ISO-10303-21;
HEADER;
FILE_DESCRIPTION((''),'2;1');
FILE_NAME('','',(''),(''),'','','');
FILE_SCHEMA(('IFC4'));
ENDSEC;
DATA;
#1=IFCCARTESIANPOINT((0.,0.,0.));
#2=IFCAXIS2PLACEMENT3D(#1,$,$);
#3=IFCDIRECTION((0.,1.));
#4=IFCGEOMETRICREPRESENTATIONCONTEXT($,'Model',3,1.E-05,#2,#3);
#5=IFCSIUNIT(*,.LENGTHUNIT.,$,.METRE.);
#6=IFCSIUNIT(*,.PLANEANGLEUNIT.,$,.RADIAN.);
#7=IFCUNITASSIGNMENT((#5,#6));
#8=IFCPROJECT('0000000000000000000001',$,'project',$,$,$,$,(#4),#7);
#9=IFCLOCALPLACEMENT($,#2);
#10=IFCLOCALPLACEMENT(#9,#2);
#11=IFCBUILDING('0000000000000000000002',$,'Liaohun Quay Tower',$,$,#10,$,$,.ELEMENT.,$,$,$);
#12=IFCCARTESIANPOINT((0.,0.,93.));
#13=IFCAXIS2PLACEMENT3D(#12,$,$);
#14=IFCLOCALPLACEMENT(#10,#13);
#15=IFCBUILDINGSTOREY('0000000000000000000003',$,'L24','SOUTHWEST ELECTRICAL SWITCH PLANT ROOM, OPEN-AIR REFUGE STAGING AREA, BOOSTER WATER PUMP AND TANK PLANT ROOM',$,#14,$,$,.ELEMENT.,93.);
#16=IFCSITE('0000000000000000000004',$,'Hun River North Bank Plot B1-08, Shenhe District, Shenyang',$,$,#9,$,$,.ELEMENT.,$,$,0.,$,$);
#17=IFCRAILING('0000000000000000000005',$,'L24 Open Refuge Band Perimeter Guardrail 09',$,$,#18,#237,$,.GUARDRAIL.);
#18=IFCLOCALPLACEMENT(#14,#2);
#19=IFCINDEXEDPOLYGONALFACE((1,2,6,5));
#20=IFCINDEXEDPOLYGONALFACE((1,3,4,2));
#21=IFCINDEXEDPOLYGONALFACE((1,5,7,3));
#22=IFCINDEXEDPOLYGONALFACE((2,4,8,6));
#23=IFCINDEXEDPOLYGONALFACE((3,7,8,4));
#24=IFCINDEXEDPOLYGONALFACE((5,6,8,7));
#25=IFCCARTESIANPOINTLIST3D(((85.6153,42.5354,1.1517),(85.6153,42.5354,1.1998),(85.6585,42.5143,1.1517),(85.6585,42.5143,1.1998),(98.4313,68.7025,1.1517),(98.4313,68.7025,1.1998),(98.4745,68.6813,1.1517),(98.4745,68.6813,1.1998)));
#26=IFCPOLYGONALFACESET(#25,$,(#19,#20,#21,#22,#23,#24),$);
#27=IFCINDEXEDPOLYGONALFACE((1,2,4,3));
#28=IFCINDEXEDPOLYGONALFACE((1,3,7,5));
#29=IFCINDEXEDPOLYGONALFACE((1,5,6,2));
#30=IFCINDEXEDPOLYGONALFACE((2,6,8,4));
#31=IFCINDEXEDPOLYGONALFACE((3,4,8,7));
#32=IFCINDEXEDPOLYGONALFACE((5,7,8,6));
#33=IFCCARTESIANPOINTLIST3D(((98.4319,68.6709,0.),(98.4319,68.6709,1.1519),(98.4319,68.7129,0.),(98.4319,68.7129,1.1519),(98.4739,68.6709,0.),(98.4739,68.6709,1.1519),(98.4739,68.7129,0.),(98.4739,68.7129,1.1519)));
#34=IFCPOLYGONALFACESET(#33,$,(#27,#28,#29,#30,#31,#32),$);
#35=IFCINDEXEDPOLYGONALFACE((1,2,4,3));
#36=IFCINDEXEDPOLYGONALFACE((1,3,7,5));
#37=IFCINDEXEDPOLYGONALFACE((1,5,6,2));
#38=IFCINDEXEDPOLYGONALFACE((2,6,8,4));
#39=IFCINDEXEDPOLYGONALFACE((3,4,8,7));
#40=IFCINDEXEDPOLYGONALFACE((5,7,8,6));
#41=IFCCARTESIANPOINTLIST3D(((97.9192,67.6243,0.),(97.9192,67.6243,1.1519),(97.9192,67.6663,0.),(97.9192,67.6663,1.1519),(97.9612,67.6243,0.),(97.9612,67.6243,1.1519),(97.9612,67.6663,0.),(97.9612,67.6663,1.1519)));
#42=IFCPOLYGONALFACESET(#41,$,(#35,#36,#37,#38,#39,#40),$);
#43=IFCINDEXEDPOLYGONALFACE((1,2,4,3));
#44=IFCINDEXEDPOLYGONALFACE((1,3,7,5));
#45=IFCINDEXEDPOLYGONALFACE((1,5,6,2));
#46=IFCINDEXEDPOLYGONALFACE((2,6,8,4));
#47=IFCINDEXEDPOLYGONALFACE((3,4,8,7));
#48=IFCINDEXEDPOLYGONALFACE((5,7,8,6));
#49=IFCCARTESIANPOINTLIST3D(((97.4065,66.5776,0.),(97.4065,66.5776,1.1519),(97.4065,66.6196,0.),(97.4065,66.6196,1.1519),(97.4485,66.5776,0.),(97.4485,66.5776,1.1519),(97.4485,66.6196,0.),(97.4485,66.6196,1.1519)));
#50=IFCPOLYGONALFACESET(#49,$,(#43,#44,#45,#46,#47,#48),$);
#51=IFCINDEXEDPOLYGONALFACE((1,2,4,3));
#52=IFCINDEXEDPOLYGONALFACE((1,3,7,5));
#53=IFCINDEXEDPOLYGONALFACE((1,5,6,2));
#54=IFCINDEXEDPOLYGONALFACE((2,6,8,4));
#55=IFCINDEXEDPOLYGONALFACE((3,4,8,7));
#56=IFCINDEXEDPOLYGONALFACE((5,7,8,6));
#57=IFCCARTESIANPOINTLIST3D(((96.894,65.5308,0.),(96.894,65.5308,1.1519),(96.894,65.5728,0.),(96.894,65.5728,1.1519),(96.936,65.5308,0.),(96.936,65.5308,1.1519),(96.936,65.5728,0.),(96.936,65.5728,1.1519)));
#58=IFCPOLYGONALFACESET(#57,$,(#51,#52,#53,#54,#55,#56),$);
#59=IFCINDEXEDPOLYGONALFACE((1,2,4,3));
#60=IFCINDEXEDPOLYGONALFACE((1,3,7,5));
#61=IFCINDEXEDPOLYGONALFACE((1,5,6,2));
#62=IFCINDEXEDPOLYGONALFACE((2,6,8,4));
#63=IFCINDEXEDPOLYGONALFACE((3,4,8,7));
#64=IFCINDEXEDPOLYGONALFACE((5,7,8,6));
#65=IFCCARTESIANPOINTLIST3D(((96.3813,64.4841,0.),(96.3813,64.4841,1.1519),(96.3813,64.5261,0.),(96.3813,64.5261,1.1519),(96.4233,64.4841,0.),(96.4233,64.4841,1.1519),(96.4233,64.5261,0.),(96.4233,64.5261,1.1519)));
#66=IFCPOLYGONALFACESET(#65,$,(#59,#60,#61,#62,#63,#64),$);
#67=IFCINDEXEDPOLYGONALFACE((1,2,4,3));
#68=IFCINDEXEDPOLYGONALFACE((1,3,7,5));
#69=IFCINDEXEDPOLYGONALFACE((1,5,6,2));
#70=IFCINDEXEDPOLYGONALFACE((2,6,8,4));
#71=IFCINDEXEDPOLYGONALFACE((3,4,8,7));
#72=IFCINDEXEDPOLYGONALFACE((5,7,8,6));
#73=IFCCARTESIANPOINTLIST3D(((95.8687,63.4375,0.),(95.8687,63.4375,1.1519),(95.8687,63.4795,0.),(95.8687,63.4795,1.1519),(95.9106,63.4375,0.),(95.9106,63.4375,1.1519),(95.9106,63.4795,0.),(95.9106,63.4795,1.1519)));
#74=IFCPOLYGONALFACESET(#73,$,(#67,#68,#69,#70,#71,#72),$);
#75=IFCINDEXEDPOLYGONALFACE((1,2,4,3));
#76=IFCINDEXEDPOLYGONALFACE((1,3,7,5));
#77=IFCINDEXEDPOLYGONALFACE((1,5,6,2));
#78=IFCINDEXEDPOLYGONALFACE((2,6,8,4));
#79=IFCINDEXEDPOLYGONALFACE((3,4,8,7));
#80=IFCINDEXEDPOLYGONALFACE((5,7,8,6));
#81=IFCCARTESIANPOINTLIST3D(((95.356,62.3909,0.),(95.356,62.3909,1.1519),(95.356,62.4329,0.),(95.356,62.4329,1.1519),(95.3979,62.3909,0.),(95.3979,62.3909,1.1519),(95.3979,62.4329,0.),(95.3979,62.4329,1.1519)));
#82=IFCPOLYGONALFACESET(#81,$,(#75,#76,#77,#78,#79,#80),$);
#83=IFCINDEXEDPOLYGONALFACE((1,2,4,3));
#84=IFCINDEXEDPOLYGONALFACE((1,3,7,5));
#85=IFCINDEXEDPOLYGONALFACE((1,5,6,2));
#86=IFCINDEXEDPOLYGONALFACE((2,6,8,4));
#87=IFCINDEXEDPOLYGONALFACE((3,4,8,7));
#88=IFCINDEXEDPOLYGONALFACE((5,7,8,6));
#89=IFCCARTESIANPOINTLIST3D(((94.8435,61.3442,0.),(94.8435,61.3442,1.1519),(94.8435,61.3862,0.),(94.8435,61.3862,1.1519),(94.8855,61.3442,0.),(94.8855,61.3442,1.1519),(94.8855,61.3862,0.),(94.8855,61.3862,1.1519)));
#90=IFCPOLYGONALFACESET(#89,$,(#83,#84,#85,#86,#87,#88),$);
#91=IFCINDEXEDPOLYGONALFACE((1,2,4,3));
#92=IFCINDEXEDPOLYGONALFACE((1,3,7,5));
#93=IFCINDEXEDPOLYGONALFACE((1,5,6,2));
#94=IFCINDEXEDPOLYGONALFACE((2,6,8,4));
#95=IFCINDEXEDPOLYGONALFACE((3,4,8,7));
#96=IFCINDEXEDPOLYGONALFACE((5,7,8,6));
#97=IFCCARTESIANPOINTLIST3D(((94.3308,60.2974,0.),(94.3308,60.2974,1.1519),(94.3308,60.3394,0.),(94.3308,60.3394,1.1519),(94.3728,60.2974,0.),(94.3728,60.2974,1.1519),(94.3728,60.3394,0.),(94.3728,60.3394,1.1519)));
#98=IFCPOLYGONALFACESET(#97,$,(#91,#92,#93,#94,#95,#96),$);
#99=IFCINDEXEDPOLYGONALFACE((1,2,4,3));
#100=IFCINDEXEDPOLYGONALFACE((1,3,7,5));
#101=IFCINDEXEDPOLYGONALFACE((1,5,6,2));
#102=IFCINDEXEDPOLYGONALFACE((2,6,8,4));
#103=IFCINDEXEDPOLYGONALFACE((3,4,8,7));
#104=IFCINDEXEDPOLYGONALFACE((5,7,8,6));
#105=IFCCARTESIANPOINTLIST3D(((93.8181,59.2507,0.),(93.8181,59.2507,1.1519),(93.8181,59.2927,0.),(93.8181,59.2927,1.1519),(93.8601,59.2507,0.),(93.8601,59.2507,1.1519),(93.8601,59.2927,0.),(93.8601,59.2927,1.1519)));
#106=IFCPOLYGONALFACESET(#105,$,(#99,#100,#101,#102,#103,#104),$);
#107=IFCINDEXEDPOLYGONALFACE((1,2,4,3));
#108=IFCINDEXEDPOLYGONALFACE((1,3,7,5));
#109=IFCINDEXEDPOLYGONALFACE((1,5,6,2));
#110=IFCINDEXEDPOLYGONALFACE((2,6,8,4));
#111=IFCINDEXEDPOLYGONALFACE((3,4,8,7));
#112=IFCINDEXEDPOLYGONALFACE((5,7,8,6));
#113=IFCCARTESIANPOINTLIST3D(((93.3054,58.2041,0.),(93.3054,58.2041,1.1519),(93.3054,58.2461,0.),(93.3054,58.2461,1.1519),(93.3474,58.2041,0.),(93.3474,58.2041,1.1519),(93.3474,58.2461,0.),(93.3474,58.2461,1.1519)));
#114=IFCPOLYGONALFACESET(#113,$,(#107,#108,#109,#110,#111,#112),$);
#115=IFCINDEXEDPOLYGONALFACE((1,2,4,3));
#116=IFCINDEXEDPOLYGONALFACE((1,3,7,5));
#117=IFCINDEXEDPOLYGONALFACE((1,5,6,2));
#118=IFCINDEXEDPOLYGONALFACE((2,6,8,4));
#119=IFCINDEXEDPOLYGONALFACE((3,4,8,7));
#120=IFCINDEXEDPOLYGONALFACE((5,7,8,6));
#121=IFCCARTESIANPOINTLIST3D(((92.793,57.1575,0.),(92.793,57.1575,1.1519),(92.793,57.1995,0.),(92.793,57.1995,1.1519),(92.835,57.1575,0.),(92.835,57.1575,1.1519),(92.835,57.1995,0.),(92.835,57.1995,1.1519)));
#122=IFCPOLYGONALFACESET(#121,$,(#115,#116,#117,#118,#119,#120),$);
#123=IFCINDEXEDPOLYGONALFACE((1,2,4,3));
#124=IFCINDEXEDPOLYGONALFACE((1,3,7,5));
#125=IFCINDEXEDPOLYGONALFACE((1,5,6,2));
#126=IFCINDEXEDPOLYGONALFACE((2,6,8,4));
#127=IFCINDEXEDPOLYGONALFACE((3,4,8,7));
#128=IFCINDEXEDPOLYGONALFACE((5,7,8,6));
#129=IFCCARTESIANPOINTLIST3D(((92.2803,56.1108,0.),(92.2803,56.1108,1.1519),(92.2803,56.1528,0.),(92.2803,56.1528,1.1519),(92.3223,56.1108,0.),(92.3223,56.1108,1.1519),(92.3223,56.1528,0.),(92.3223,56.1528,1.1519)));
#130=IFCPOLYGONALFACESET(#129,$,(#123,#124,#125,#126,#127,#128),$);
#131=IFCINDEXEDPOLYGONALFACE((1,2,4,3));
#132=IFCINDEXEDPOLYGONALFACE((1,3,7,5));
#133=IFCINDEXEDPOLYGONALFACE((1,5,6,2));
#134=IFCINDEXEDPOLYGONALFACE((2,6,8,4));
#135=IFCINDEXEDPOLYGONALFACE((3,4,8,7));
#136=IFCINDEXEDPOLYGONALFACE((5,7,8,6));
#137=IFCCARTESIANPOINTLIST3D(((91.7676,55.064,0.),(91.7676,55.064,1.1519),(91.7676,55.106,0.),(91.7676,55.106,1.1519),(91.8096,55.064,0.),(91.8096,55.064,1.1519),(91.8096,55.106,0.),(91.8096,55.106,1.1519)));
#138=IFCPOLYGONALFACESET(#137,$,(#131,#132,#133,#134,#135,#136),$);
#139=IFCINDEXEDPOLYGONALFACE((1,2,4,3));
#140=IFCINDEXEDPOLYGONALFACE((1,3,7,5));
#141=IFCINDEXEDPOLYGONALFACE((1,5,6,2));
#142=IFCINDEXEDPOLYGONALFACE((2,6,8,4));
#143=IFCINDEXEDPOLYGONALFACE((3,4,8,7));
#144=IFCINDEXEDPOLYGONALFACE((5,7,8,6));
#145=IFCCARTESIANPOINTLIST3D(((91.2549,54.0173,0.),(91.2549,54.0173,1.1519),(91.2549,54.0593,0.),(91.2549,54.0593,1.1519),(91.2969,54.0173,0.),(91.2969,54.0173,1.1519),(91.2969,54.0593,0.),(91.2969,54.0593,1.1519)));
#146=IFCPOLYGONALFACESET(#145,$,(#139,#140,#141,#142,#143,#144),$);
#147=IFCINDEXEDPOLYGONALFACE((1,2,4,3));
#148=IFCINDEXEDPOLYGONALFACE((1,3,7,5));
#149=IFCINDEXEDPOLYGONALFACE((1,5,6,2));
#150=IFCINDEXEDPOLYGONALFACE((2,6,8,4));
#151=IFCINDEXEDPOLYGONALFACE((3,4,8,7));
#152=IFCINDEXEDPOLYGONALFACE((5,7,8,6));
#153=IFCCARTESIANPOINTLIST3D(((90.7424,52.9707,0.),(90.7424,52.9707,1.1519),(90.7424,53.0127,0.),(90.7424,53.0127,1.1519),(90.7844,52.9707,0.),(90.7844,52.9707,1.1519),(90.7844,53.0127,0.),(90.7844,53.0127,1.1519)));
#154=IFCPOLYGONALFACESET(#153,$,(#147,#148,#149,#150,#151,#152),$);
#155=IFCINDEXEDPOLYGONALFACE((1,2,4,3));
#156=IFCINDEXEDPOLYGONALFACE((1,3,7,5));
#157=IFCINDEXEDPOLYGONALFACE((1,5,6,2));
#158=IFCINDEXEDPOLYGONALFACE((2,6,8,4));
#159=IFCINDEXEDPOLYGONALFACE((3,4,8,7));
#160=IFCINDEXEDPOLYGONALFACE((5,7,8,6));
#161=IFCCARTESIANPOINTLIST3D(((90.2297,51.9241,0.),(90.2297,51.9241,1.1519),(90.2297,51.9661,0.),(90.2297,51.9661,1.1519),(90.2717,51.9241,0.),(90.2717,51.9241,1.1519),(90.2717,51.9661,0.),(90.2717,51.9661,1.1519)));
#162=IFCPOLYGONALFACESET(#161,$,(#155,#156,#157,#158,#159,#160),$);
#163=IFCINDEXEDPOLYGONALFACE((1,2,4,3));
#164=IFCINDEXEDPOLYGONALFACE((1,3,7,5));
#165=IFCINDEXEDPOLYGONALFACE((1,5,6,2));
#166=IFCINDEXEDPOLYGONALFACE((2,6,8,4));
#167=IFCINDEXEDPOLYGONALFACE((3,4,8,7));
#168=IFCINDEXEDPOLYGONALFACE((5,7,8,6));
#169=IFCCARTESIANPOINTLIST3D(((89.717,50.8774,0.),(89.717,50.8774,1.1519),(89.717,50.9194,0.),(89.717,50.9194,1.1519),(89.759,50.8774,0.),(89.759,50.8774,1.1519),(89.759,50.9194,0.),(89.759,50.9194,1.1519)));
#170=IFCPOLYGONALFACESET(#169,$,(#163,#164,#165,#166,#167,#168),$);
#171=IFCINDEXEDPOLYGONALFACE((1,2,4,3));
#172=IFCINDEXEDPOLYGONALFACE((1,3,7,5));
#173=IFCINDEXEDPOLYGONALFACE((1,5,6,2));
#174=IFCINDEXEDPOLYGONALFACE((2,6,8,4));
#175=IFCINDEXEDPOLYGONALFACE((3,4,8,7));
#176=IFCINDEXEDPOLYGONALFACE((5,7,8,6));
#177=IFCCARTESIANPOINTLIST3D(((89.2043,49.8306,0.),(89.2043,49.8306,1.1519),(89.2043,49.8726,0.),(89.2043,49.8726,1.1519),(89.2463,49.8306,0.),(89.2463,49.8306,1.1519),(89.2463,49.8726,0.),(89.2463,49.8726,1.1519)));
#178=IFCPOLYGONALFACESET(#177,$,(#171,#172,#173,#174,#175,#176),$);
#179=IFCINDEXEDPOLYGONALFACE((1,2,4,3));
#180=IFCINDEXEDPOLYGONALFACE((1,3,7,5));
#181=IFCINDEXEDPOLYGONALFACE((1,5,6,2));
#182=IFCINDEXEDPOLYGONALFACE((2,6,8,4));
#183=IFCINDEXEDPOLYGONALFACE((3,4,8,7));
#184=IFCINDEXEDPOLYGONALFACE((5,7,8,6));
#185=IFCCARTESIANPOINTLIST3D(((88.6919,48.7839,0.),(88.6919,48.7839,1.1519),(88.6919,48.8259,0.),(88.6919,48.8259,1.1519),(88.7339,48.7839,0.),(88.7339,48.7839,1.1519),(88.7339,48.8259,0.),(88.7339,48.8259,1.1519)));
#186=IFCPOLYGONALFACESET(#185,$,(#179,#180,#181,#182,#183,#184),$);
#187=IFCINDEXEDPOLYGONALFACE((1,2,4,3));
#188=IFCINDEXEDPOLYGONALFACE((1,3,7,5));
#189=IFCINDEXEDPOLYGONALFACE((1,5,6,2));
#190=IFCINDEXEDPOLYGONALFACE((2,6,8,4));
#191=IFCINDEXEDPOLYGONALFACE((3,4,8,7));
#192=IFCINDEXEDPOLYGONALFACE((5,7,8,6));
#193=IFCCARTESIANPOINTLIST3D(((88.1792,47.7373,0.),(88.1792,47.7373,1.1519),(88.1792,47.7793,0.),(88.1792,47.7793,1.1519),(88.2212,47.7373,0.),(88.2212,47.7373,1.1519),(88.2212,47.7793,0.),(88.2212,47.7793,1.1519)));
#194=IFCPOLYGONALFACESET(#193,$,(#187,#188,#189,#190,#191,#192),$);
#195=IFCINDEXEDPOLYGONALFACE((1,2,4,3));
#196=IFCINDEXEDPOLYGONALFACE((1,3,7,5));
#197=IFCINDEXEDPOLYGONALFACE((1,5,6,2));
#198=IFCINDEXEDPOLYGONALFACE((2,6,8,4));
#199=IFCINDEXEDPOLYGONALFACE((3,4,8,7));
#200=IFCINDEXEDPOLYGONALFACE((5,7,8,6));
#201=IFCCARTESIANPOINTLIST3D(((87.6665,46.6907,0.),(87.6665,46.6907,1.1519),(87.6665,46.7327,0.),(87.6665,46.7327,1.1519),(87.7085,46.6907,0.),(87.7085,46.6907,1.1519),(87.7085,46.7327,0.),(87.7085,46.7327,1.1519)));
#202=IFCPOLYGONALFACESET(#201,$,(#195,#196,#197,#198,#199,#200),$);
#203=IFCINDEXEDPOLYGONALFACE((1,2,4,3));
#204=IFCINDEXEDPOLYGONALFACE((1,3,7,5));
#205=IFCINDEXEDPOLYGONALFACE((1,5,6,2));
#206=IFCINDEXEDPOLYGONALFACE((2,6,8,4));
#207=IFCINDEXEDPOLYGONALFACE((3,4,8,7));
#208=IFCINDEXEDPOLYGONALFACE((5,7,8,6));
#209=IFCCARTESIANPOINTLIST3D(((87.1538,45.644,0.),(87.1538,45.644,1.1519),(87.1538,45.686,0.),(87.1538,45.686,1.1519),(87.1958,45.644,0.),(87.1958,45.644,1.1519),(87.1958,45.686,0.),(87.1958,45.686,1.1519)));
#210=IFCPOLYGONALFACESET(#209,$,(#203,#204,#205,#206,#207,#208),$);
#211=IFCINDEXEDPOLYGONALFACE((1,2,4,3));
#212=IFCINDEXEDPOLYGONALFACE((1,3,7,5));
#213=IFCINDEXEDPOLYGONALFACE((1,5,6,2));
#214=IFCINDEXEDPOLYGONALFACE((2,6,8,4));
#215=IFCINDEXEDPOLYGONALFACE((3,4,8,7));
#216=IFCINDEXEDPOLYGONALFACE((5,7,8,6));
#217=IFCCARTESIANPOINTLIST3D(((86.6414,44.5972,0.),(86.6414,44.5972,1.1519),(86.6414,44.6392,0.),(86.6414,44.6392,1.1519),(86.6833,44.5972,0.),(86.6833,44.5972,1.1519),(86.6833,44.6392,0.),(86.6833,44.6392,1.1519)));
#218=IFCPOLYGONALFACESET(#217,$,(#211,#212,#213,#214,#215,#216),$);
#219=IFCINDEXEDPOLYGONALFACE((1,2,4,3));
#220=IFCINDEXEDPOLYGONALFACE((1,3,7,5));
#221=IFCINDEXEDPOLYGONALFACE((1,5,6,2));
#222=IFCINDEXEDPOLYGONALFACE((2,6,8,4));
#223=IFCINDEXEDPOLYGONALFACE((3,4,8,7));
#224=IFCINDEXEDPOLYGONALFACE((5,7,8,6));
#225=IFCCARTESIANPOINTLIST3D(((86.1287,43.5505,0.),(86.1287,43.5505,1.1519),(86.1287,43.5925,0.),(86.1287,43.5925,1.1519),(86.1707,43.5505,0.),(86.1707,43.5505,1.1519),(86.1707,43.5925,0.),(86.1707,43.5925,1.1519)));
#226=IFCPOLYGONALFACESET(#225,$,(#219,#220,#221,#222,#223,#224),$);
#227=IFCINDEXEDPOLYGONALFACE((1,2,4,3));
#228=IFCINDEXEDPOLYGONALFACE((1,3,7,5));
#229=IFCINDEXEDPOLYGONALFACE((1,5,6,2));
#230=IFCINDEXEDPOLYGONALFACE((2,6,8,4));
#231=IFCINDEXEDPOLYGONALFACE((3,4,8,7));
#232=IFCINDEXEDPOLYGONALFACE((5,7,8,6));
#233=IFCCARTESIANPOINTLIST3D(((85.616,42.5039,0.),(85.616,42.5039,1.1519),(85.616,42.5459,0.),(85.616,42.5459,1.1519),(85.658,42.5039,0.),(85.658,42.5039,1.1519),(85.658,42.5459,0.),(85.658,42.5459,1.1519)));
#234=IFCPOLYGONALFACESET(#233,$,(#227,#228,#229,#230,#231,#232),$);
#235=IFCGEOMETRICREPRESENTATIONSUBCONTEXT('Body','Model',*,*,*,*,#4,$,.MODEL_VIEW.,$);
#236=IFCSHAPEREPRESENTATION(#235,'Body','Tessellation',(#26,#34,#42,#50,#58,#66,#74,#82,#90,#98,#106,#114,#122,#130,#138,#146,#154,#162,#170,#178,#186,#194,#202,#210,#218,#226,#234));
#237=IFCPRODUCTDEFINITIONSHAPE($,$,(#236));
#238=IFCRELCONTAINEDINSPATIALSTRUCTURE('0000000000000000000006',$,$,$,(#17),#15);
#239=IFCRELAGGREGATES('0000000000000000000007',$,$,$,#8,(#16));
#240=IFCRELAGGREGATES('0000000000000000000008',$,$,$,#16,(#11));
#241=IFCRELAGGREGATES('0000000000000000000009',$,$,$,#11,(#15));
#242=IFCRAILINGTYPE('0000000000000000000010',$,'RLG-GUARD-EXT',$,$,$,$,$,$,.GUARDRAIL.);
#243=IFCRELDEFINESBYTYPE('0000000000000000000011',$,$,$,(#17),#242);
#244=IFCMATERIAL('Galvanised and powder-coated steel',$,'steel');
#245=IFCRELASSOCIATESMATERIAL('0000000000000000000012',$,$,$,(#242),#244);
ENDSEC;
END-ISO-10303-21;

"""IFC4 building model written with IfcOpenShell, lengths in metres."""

from ifc_helpers import new_model, si_unit, direction, frame, origin, origin_2d, place, context, subcontext, project, spatial, rectangle, extrude, material, type_object, element, save


model = new_model("IFC4")

# Units and contexts
model_context = context("Model", 3, precision=1e-05, world=origin(), true_north=direction((0.0, 1.0)))
body_context = subcontext(model_context, "Body", "Model", "MODEL_VIEW")
ifc_project = project(units=[si_unit("LENGTHUNIT", "METRE"), si_unit("PLANEANGLEUNIT", "RADIAN")], contexts=[model_context])

# Site, building, storey
site_placement = place(None, origin())
site = spatial("IfcSite", under=ifc_project, at=site_placement, Name="Hun River North Bank Plot B1-08, Shenhe District, Shenyang", CompositionType="ELEMENT", RefElevation=0.0)
building_placement = place(site_placement, origin())
building = spatial("IfcBuilding", under=site, at=building_placement, Name="Liaohun Quay Tower", CompositionType="ELEMENT")
storey_placement = place(building_placement, frame((0.0, 0.0, 93.0)))
storey = spatial("IfcBuildingStorey", under=building, at=storey_placement, Name="L24", Description="SOUTHWEST ELECTRICAL SWITCH PLANT ROOM, OPEN-AIR REFUGE STAGING AREA, BOOSTER WATER PUMP AND TANK PLANT ROOM", CompositionType="ELEMENT", Elevation=93.0)

# Railing
ifc_material_1 = material(Name="Galvanised and powder-coated steel", Category="steel")
railing_type = type_object("IfcRailingType", Name="RLG-GUARD-EXT", PredefinedType="GUARDRAIL", material=ifc_material_1)
railing_1_placement = place(storey_placement, frame((98.4529, 68.6919, 0.0)))
element("IfcRailing", 1, at=railing_1_placement, inside=storey, type_object=railing_type, Name="L24 Open Refuge Band Perimeter Guardrail 09", PredefinedType="GUARDRAIL", context=body_context, shape_type="SweptSolid", body=[
    extrude(rectangle(XDim=0.0481, YDim=0.0481, at=origin_2d()), frame((0.0, 0.0, 1.1758), z_axis=(-0.439852, -0.89807, 0.0), x_axis=(0.89807, -0.439852, 0.0)), (0.0, 0.0, 1.0), 29.137),
    extrude(rectangle(XDim=0.042, YDim=0.042, at=origin_2d()), origin(), (0.0, 0.0, 1.0), 1.1519),
    extrude(rectangle(XDim=0.042, YDim=0.042, at=origin_2d()), frame((-0.5127, -1.0466, 0.0)), (0.0, 0.0, 1.0), 1.1519),
    extrude(rectangle(XDim=0.042, YDim=0.042, at=origin_2d()), frame((-1.0254, -2.0933, 0.0)), (0.0, 0.0, 1.0), 1.1519),
    extrude(rectangle(XDim=0.042, YDim=0.042, at=origin_2d()), frame((-1.5378, -3.1401, 0.0)), (0.0, 0.0, 1.0), 1.1519),
    extrude(rectangle(XDim=0.042, YDim=0.042, at=origin_2d()), frame((-2.0505, -4.1868, 0.0)), (0.0, 0.0, 1.0), 1.1519),
    extrude(rectangle(XDim=0.042, YDim=0.042, at=origin_2d()), frame((-2.5632, -5.2334, 0.0)), (0.0, 0.0, 1.0), 1.1519),
    extrude(rectangle(XDim=0.042, YDim=0.042, at=origin_2d()), frame((-3.0759, -6.28, 0.0)), (0.0, 0.0, 1.0), 1.1519),
    extrude(rectangle(XDim=0.042, YDim=0.042, at=origin_2d()), frame((-3.5884, -7.3267, 0.0)), (0.0, 0.0, 1.0), 1.1519),
    extrude(rectangle(XDim=0.042, YDim=0.042, at=origin_2d()), frame((-4.1011, -8.3735, 0.0)), (0.0, 0.0, 1.0), 1.1519),
    extrude(rectangle(XDim=0.042, YDim=0.042, at=origin_2d()), frame((-4.6138, -9.4202, 0.0)), (0.0, 0.0, 1.0), 1.1519),
    extrude(rectangle(XDim=0.042, YDim=0.042, at=origin_2d()), frame((-5.1265, -10.4668, 0.0)), (0.0, 0.0, 1.0), 1.1519),
    extrude(rectangle(XDim=0.042, YDim=0.042, at=origin_2d()), frame((-5.6389, -11.5134, 0.0)), (0.0, 0.0, 1.0), 1.1519),
    extrude(rectangle(XDim=0.042, YDim=0.042, at=origin_2d()), frame((-6.1516, -12.5601, 0.0)), (0.0, 0.0, 1.0), 1.1519),
    extrude(rectangle(XDim=0.042, YDim=0.042, at=origin_2d()), frame((-6.6643, -13.6069, 0.0)), (0.0, 0.0, 1.0), 1.1519),
    extrude(rectangle(XDim=0.042, YDim=0.042, at=origin_2d()), frame((-7.177, -14.6536, 0.0)), (0.0, 0.0, 1.0), 1.1519),
    extrude(rectangle(XDim=0.042, YDim=0.042, at=origin_2d()), frame((-7.6895, -15.7002, 0.0)), (0.0, 0.0, 1.0), 1.1519),
    extrude(rectangle(XDim=0.042, YDim=0.042, at=origin_2d()), frame((-8.2021, -16.7468, 0.0)), (0.0, 0.0, 1.0), 1.1519),
    extrude(rectangle(XDim=0.042, YDim=0.042, at=origin_2d()), frame((-8.7148, -17.7935, 0.0)), (0.0, 0.0, 1.0), 1.1519),
    extrude(rectangle(XDim=0.042, YDim=0.042, at=origin_2d()), frame((-9.2275, -18.8403, 0.0)), (0.0, 0.0, 1.0), 1.1519),
    extrude(rectangle(XDim=0.042, YDim=0.042, at=origin_2d()), frame((-9.74, -19.887, 0.0)), (0.0, 0.0, 1.0), 1.1519),
    extrude(rectangle(XDim=0.042, YDim=0.042, at=origin_2d()), frame((-10.2527, -20.9336, 0.0)), (0.0, 0.0, 1.0), 1.1519),
    extrude(rectangle(XDim=0.042, YDim=0.042, at=origin_2d()), frame((-10.7654, -21.9802, 0.0)), (0.0, 0.0, 1.0), 1.1519),
    extrude(rectangle(XDim=0.042, YDim=0.042, at=origin_2d()), frame((-11.2781, -23.0269, 0.0)), (0.0, 0.0, 1.0), 1.1519),
    extrude(rectangle(XDim=0.042, YDim=0.042, at=origin_2d()), frame((-11.7905, -24.0737, 0.0)), (0.0, 0.0, 1.0), 1.1519),
    extrude(rectangle(XDim=0.042, YDim=0.042, at=origin_2d()), frame((-12.3032, -25.1204, 0.0)), (0.0, 0.0, 1.0), 1.1519),
    extrude(rectangle(XDim=0.042, YDim=0.042, at=origin_2d()), frame((-12.8159, -26.167, 0.0)), (0.0, 0.0, 1.0), 1.1519),
])

save(model, "model.ifc")
